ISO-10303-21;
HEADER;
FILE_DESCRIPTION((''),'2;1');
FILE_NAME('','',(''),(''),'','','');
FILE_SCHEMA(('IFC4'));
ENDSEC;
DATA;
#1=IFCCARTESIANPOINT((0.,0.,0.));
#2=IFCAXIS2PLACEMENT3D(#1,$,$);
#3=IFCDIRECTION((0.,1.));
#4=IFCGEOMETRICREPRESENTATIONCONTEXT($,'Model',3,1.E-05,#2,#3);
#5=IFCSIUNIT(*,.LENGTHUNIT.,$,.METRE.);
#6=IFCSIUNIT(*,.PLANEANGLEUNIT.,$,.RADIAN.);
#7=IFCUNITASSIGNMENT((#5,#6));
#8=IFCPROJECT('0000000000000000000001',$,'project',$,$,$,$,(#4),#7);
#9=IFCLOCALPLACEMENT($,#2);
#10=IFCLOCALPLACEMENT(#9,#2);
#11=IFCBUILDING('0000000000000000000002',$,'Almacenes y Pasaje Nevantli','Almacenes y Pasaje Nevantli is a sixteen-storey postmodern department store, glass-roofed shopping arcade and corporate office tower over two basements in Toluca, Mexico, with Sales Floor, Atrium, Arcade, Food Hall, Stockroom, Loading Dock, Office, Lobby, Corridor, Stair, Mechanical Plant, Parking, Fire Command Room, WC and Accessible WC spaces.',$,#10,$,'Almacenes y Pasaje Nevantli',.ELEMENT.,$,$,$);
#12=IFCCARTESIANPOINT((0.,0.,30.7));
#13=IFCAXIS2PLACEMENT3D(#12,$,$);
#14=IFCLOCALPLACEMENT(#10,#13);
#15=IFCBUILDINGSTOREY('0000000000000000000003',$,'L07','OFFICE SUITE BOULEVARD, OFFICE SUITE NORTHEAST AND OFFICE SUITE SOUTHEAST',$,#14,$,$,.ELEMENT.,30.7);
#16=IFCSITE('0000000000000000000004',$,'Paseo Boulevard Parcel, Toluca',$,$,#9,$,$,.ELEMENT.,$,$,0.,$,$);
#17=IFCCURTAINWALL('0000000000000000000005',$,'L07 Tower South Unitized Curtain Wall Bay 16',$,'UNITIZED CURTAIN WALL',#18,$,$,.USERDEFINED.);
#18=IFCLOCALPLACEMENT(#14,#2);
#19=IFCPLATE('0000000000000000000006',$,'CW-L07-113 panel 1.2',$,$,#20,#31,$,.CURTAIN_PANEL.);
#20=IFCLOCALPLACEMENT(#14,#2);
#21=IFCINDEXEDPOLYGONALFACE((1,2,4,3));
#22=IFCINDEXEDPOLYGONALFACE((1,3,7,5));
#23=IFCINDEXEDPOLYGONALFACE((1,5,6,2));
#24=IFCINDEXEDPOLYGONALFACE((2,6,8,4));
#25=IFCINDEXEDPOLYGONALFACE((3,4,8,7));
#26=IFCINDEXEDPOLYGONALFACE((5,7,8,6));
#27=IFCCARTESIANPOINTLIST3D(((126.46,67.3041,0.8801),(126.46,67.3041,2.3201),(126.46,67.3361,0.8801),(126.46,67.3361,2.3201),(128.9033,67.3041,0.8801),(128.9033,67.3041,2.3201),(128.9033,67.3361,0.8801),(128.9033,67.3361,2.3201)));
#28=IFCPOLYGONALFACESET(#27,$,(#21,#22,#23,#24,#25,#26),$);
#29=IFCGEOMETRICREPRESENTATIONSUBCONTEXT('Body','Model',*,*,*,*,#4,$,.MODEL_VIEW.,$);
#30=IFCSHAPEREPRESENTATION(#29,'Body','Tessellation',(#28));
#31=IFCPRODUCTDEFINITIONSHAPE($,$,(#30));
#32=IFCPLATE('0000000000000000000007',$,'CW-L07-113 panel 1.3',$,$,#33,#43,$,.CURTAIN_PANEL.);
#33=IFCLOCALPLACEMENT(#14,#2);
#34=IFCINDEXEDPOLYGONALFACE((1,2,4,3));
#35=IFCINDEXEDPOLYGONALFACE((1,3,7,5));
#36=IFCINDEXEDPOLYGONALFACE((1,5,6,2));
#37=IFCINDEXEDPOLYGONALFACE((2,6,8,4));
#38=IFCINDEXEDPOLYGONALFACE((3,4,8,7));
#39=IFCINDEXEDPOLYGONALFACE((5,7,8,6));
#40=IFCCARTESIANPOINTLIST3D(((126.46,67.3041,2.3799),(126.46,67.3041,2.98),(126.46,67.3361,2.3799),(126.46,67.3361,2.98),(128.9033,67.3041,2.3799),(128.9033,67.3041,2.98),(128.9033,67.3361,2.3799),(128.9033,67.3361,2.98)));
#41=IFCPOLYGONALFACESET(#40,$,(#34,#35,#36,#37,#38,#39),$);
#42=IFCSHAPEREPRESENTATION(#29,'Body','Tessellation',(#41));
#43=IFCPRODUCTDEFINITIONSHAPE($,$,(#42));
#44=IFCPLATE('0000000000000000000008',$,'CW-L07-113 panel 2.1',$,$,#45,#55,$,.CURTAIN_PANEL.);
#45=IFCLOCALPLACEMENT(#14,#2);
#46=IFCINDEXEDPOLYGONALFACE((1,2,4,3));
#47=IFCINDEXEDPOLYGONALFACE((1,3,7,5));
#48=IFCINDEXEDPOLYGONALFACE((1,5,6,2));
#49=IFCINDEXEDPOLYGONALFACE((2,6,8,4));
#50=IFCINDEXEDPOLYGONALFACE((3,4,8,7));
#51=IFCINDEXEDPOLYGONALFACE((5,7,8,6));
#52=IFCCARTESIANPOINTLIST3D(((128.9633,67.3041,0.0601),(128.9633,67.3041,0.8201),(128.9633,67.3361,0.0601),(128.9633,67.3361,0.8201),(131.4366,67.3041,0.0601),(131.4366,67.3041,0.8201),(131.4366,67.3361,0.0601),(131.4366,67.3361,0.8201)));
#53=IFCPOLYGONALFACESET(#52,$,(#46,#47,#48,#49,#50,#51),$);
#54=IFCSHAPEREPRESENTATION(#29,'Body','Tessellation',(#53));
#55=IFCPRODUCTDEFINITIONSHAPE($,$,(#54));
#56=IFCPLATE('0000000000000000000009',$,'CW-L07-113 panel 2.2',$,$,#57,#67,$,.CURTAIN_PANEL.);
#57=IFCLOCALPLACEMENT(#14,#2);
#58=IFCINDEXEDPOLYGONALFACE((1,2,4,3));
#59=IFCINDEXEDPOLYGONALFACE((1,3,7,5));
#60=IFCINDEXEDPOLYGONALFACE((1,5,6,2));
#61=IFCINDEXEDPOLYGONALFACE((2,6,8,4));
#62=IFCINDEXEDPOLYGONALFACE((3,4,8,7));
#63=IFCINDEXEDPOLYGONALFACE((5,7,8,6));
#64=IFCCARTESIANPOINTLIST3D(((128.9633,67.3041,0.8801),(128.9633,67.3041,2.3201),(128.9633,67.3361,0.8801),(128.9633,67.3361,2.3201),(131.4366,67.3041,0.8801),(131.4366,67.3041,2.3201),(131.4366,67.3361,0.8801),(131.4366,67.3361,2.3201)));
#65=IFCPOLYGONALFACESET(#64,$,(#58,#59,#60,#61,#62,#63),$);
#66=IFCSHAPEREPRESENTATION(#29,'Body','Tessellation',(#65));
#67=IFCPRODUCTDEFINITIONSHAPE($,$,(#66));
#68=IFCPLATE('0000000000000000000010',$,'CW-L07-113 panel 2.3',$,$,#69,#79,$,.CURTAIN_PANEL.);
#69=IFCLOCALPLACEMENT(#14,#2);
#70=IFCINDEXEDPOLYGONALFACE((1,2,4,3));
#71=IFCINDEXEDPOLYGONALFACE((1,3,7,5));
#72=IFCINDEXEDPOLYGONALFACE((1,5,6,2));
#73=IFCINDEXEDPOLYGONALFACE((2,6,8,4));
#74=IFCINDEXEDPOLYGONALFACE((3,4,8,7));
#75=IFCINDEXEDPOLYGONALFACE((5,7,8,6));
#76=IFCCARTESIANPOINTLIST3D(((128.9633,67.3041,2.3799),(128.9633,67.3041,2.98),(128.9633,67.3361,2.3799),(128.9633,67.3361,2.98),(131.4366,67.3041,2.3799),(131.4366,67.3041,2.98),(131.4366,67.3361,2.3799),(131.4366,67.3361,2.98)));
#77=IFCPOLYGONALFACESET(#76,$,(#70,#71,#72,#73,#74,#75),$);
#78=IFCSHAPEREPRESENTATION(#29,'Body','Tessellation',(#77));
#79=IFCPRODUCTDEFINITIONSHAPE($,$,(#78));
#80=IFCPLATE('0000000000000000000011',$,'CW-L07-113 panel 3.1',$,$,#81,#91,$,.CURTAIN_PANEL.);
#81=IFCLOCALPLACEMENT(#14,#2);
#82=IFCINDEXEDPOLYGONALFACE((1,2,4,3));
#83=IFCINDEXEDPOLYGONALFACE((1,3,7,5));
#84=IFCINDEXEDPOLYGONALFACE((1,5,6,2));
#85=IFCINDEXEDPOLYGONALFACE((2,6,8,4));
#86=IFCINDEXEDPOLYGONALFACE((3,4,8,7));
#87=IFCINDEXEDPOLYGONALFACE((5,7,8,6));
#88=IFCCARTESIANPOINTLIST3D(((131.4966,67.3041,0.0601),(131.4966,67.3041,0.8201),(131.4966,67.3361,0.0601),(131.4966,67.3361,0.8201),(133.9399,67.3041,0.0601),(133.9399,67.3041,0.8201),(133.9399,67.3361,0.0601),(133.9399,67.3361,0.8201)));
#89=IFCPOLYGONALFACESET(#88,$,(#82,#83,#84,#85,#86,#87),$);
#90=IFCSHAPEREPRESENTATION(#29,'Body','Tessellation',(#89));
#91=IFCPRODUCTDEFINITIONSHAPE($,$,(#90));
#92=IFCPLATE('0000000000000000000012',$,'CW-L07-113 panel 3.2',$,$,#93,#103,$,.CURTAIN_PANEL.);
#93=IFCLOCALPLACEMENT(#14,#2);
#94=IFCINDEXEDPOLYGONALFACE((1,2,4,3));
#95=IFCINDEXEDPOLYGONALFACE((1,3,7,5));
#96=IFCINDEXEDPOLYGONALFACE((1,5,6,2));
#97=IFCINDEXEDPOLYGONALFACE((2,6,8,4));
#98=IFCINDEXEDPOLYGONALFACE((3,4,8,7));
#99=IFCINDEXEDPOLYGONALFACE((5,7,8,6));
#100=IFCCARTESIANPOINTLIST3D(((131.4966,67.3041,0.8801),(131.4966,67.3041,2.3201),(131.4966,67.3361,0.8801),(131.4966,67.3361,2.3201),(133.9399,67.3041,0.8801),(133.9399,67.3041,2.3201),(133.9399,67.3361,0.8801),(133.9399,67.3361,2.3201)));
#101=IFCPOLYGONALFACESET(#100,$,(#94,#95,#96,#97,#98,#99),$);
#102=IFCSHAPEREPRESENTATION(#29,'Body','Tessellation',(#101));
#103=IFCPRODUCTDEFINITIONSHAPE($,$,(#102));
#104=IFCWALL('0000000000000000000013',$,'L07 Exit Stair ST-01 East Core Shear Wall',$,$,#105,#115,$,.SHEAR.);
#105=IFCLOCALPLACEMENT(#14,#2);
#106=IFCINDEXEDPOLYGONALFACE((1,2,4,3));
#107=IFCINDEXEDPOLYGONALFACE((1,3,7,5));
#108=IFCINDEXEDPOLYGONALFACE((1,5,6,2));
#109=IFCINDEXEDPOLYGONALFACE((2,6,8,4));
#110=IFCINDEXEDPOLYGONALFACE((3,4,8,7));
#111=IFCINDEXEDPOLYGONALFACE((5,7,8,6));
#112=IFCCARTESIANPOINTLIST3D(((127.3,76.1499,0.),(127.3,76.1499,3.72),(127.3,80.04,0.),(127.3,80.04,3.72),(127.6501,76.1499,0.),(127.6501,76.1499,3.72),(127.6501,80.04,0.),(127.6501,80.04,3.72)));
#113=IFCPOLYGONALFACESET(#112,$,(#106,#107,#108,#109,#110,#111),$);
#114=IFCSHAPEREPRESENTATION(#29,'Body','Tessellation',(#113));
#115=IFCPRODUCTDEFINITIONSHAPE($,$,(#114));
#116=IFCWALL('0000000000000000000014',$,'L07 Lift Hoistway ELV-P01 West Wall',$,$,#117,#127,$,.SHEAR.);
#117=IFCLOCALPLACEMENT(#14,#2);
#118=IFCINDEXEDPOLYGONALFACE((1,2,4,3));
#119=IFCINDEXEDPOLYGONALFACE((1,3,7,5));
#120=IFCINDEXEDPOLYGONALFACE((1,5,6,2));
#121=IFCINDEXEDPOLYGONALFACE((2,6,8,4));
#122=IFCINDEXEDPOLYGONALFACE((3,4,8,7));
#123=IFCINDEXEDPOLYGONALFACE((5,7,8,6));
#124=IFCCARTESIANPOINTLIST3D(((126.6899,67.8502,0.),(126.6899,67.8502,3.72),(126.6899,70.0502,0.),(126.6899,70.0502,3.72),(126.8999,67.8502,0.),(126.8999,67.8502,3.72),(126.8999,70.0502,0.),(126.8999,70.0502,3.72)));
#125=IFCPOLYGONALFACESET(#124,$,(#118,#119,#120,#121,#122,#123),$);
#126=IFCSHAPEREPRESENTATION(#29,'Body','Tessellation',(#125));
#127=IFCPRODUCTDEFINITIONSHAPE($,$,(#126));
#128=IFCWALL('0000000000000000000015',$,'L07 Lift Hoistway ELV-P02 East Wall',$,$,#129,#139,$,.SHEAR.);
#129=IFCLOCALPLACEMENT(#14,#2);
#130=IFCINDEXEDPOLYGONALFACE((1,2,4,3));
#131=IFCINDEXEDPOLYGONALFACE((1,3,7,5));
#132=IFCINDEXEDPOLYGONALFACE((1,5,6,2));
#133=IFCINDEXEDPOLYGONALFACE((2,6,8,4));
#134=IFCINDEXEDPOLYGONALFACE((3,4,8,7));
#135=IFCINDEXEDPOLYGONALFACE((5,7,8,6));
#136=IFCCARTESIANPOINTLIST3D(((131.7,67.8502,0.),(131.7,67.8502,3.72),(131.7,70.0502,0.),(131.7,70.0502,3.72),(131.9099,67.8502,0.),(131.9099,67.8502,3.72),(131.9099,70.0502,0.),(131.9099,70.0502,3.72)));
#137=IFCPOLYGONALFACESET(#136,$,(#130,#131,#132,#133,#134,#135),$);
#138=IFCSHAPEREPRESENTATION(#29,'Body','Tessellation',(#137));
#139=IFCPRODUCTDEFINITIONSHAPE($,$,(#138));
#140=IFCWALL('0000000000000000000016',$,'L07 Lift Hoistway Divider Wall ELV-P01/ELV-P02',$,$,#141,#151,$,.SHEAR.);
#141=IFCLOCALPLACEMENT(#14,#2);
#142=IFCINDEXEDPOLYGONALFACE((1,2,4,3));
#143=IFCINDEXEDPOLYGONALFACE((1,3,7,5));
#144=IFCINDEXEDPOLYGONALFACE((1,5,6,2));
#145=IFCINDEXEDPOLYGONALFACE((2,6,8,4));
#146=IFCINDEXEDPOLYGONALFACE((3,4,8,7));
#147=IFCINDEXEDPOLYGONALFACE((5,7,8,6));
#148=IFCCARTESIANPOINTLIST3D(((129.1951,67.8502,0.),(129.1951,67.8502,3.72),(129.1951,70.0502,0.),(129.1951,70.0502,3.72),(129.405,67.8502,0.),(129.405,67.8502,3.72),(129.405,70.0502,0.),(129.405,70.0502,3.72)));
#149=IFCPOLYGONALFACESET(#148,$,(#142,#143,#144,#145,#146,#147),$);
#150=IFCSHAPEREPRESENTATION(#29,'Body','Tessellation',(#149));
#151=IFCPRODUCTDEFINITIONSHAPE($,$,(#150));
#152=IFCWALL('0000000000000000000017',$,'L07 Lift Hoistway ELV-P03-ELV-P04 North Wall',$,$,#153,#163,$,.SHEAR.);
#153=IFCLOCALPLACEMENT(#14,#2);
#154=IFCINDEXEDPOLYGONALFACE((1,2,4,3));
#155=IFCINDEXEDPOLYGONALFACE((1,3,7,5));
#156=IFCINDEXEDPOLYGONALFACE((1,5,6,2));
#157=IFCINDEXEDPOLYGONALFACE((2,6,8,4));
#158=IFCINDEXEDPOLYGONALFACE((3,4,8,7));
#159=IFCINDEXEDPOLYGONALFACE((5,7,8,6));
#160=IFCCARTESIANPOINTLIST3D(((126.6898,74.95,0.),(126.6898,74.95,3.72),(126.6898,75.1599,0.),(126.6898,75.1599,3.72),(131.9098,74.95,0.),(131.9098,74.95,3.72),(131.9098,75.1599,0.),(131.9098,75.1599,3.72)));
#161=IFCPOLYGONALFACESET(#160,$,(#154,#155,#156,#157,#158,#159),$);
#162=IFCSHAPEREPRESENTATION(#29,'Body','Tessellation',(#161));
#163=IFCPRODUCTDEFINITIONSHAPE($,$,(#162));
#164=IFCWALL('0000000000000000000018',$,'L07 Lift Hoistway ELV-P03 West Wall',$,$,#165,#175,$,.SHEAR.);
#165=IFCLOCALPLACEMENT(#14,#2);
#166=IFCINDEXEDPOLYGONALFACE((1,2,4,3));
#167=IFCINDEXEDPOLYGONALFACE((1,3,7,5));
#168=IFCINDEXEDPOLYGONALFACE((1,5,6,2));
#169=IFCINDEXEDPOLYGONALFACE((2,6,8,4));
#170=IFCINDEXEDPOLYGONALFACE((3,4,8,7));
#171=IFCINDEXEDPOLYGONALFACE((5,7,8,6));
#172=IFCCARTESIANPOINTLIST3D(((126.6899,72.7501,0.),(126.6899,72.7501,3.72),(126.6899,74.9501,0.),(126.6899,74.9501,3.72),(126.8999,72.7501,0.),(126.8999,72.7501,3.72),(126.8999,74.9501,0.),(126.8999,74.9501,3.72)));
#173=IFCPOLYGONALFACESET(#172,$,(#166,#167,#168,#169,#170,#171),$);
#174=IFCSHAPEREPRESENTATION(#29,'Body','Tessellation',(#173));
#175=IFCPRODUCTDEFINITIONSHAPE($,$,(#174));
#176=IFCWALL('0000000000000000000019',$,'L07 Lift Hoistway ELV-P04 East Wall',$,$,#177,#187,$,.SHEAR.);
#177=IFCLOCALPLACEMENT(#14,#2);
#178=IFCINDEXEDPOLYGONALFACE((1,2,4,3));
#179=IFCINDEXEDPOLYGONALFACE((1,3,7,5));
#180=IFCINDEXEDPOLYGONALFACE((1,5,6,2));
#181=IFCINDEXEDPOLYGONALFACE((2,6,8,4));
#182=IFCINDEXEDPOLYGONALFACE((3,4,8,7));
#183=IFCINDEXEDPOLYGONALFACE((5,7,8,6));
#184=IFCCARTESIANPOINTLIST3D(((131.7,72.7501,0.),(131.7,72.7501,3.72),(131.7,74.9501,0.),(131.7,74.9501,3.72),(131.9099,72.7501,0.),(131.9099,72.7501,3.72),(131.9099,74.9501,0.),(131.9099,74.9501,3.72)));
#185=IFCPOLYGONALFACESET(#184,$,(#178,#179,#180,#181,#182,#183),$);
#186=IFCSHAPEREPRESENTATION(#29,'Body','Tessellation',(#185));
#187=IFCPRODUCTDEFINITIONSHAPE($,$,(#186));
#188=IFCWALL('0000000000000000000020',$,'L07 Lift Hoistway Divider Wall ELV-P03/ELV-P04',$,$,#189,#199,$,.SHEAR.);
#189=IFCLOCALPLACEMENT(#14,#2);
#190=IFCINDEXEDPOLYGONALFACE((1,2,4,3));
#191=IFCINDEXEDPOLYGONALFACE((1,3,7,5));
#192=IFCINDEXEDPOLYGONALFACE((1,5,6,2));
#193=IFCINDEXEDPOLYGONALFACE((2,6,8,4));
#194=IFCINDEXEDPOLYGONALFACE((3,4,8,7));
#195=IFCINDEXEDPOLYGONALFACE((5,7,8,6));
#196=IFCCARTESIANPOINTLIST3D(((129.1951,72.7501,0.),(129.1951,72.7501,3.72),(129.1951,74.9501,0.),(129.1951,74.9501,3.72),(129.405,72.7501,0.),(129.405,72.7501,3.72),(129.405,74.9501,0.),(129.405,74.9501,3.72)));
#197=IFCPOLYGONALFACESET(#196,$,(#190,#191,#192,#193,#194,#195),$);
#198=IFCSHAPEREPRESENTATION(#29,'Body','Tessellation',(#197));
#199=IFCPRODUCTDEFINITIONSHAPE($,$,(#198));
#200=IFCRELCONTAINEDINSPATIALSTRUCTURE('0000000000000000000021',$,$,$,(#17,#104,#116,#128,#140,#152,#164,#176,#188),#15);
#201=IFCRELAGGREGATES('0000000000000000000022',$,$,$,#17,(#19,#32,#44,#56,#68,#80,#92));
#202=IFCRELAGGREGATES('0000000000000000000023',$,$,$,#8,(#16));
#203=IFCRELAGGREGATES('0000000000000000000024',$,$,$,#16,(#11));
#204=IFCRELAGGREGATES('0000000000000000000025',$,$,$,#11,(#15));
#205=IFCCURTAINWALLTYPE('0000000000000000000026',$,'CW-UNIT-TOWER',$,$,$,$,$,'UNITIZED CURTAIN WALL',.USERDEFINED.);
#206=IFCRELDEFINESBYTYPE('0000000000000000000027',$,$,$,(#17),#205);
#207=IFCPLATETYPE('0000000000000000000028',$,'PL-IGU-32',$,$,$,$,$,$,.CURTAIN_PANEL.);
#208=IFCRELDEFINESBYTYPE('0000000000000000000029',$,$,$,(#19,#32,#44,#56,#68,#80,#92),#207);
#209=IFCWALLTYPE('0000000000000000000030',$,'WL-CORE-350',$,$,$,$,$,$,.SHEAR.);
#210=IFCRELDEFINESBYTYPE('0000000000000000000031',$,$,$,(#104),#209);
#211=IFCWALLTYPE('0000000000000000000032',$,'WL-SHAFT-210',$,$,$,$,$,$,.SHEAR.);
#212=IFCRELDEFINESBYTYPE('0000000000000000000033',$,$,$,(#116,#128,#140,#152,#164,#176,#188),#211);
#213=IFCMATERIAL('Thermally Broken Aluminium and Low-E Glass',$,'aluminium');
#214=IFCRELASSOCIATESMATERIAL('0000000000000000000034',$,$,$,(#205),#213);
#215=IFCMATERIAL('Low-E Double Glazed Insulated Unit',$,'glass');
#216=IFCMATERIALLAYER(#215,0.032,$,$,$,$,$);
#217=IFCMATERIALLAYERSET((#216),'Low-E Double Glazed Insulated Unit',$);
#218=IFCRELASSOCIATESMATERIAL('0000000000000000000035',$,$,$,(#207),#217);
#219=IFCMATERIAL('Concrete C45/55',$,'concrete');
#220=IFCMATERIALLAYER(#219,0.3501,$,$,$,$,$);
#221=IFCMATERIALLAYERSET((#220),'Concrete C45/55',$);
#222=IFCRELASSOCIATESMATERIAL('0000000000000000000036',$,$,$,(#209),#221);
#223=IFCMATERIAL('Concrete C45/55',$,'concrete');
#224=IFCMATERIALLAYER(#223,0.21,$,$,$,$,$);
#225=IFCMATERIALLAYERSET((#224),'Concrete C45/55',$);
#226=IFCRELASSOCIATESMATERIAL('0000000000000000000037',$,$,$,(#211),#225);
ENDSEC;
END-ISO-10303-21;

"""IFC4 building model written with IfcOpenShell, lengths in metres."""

from ifc_helpers import new_model, si_unit, direction, frame, frame_2d, origin, origin_2d, place, context, subcontext, project, spatial, rectangle, extrude, material, layer, layer_set, type_object, element, aggregate, save


model = new_model("IFC4")

# Units and contexts
model_context = context("Model", 3, precision=1e-05, world=origin(), true_north=direction((0.0, 1.0)))
body_context = subcontext(model_context, "Body", "Model", "MODEL_VIEW")
ifc_project = project(units=[si_unit("LENGTHUNIT", "METRE"), si_unit("PLANEANGLEUNIT", "RADIAN")], contexts=[model_context])

# Site, building, storey
site_placement = place(None, origin())
site = spatial("IfcSite", under=ifc_project, at=site_placement, Name="Paseo Boulevard Parcel, Toluca", CompositionType="ELEMENT", RefElevation=0.0)
building_placement = place(site_placement, origin())
building = spatial("IfcBuilding", under=site, at=building_placement, Name="Almacenes y Pasaje Nevantli", Description="Almacenes y Pasaje Nevantli is a sixteen-storey postmodern department store, glass-roofed shopping arcade and corporate office tower over two basements in Toluca, Mexico, with Sales Floor, Atrium, Arcade, Food Hall, Stockroom, Loading Dock, Office, Lobby, Corridor, Stair, Mechanical Plant, Parking, Fire Command Room, WC and Accessible WC spaces.", LongName="Almacenes y Pasaje Nevantli", CompositionType="ELEMENT")
storey_placement = place(building_placement, frame((0.0, 0.0, 30.7)))
storey = spatial("IfcBuildingStorey", under=building, at=storey_placement, Name="L07", Description="OFFICE SUITE BOULEVARD, OFFICE SUITE NORTHEAST AND OFFICE SUITE SOUTHEAST", CompositionType="ELEMENT", Elevation=30.7)

# Curtain wall, plates
ifc_material_1 = material(Name="Thermally Broken Aluminium and Low-E Glass", Category="aluminium")
curtain_wall_type = type_object("IfcCurtainWallType", Name="CW-UNIT-TOWER", ElementType="UNITIZED CURTAIN WALL", PredefinedType="USERDEFINED", material=ifc_material_1)
curtain_wall_placement = place(storey_placement, origin())
curtain_wall = element("IfcCurtainWall", 1, at=curtain_wall_placement, inside=storey, type_object=curtain_wall_type, Name="L07 Tower South Unitized Curtain Wall Bay 16", ObjectType="UNITIZED CURTAIN WALL", PredefinedType="USERDEFINED")
ifc_material_2 = material(Name="Low-E Double Glazed Insulated Unit", Category="glass")
ifc_layer_1 = layer(ifc_material_2, 0.032)
ifc_layer_set_1 = layer_set([ifc_layer_1], Name="Low-E Double Glazed Insulated Unit")
plate_type = type_object("IfcPlateType", Name="PL-IGU-32", PredefinedType="CURTAIN_PANEL", material=ifc_layer_set_1)
plate_1_placement = place(storey_placement, frame((127.6816, 67.3201, 0.8801), z_axis=(0.0, 0.0, 1.0), x_axis=(1.0, 0.0, 0.0)))
plate_1 = element("IfcPlate", 2, at=plate_1_placement, type_object=plate_type, Name="CW-L07-113 panel 1.2", PredefinedType="CURTAIN_PANEL", context=body_context, shape_type="SweptSolid", body=[
    extrude(rectangle(XDim=2.4434, YDim=0.032, at=origin_2d()), origin(), (0.0, 0.0, 1.0), 1.4399),
])
plate_2_placement = place(storey_placement, frame((127.6816, 67.3201, 2.3799), z_axis=(0.0, 0.0, 1.0), x_axis=(1.0, 0.0, 0.0)))
plate_2 = element("IfcPlate", 3, at=plate_2_placement, type_object=plate_type, Name="CW-L07-113 panel 1.3", PredefinedType="CURTAIN_PANEL", context=body_context, shape_type="SweptSolid", body=[
    extrude(rectangle(XDim=2.4434, YDim=0.032, at=origin_2d()), origin(), (0.0, 0.0, 1.0), 0.6001),
])
plate_3_placement = place(storey_placement, frame((130.2, 67.3201, 0.0601), z_axis=(0.0, 0.0, 1.0), x_axis=(1.0, 0.0, 0.0)))
plate_3 = element("IfcPlate", 4, at=plate_3_placement, type_object=plate_type, Name="CW-L07-113 panel 2.1", PredefinedType="CURTAIN_PANEL", context=body_context, shape_type="SweptSolid", body=[
    extrude(rectangle(XDim=2.4734, YDim=0.032, at=origin_2d()), origin(), (0.0, 0.0, 1.0), 0.76),
])
plate_4_placement = place(storey_placement, frame((130.2, 67.3201, 0.8801), z_axis=(0.0, 0.0, 1.0), x_axis=(1.0, 0.0, 0.0)))
plate_4 = element("IfcPlate", 5, at=plate_4_placement, type_object=plate_type, Name="CW-L07-113 panel 2.2", PredefinedType="CURTAIN_PANEL", context=body_context, shape_type="SweptSolid", body=[
    extrude(rectangle(XDim=2.4734, YDim=0.032, at=origin_2d()), origin(), (0.0, 0.0, 1.0), 1.4399),
])
plate_5_placement = place(storey_placement, frame((130.2, 67.3201, 2.3799), z_axis=(0.0, 0.0, 1.0), x_axis=(1.0, 0.0, 0.0)))
plate_5 = element("IfcPlate", 6, at=plate_5_placement, type_object=plate_type, Name="CW-L07-113 panel 2.3", PredefinedType="CURTAIN_PANEL", context=body_context, shape_type="SweptSolid", body=[
    extrude(rectangle(XDim=2.4734, YDim=0.032, at=origin_2d()), origin(), (0.0, 0.0, 1.0), 0.6001),
])
plate_6_placement = place(storey_placement, frame((132.7183, 67.3201, 0.0601), z_axis=(0.0, 0.0, 1.0), x_axis=(1.0, 0.0, 0.0)))
plate_6 = element("IfcPlate", 7, at=plate_6_placement, type_object=plate_type, Name="CW-L07-113 panel 3.1", PredefinedType="CURTAIN_PANEL", context=body_context, shape_type="SweptSolid", body=[
    extrude(rectangle(XDim=2.4434, YDim=0.032, at=origin_2d()), origin(), (0.0, 0.0, 1.0), 0.76),
])
plate_7_placement = place(storey_placement, frame((132.7183, 67.3201, 0.8801), z_axis=(0.0, 0.0, 1.0), x_axis=(1.0, 0.0, 0.0)))
plate_7 = element("IfcPlate", 8, at=plate_7_placement, type_object=plate_type, Name="CW-L07-113 panel 3.2", PredefinedType="CURTAIN_PANEL", context=body_context, shape_type="SweptSolid", body=[
    extrude(rectangle(XDim=2.4434, YDim=0.032, at=origin_2d()), origin(), (0.0, 0.0, 1.0), 1.4399),
])
aggregate(curtain_wall, [plate_1, plate_2, plate_3, plate_4, plate_5, plate_6, plate_7])

# Wall
ifc_material_3 = material(Name="Concrete C45/55", Category="concrete")
ifc_layer_2 = layer(ifc_material_3, 0.3501)
ifc_layer_set_2 = layer_set([ifc_layer_2], Name="Concrete C45/55")
wall_type_1 = type_object("IfcWallType", Name="WL-CORE-350", PredefinedType="SHEAR", material=ifc_layer_set_2)
wall_1_placement = place(storey_placement, frame((127.4751, 76.1499, 0.0), z_axis=(0.0, 0.0, 1.0), x_axis=(0.0, 1.0, 0.0)))
element("IfcWall", 9, at=wall_1_placement, inside=storey, type_object=wall_type_1, Name="L07 Exit Stair ST-01 East Core Shear Wall", PredefinedType="SHEAR", context=body_context, shape_type="SweptSolid", body=[
    extrude(rectangle(XDim=3.8901, YDim=0.3501, at=frame_2d((1.9451, 0.0))), origin(), (0.0, 0.0, 1.0), 3.72),
])

# Shared definitions
ifc_material_4 = material(Name="Concrete C45/55", Category="concrete")
ifc_layer_3 = layer(ifc_material_4, 0.21)
ifc_layer_set_3 = layer_set([ifc_layer_3], Name="Concrete C45/55")
wall_type_2 = type_object("IfcWallType", Name="WL-SHAFT-210", PredefinedType="SHEAR", material=ifc_layer_set_3)

# Walls
for number, where, z_axis, x_axis, name in (
    (10, (126.7949, 67.8501, 0.0), (0.0, 0.0, 1.0), (0.0, 1.0, 0.0), "L07 Lift Hoistway ELV-P01 West Wall"),
    (11, (131.8049, 67.8501, 0.0), (0.0, 0.0, 1.0), (0.0, 1.0, 0.0), "L07 Lift Hoistway ELV-P02 East Wall"),
    (12, (129.3, 67.8501, 0.0), (0.0, 0.0, 1.0), (0.0, 1.0, 0.0), "L07 Lift Hoistway Divider Wall ELV-P01/ELV-P02"),
):
    element("IfcWall", number, at=place(storey_placement, frame(where, z_axis=z_axis, x_axis=x_axis)), inside=storey, type_object=wall_type_2, Name=name, PredefinedType="SHEAR", context=body_context, shape_type="SweptSolid", body=[
        extrude(rectangle(XDim=2.2, YDim=0.21, at=frame_2d((1.1001, 0.0))), origin(), (0.0, 0.0, 1.0), 3.72),
    ])

# Walls
wall_2_placement = place(storey_placement, frame((126.6899, 75.0549, 0.0), z_axis=(0.0, 0.0, 1.0), x_axis=(1.0, 0.0, 0.0)))
element("IfcWall", 13, at=wall_2_placement, inside=storey, type_object=wall_type_2, Name="L07 Lift Hoistway ELV-P03-ELV-P04 North Wall", PredefinedType="SHEAR", context=body_context, shape_type="SweptSolid", body=[
    extrude(rectangle(XDim=5.22, YDim=0.21, at=frame_2d((2.6099, 0.0))), origin(), (0.0, 0.0, 1.0), 3.72),
])
for number, where, z_axis, x_axis, name in (
    (14, (126.7949, 72.75, 0.0), (0.0, 0.0, 1.0), (0.0, 1.0, 0.0), "L07 Lift Hoistway ELV-P03 West Wall"),
    (15, (131.8049, 72.75, 0.0), (0.0, 0.0, 1.0), (0.0, 1.0, 0.0), "L07 Lift Hoistway ELV-P04 East Wall"),
    (16, (129.3, 72.75, 0.0), (0.0, 0.0, 1.0), (0.0, 1.0, 0.0), "L07 Lift Hoistway Divider Wall ELV-P03/ELV-P04"),
):
    element("IfcWall", number, at=place(storey_placement, frame(where, z_axis=z_axis, x_axis=x_axis)), inside=storey, type_object=wall_type_2, Name=name, PredefinedType="SHEAR", context=body_context, shape_type="SweptSolid", body=[
        extrude(rectangle(XDim=2.2, YDim=0.21, at=frame_2d((1.1001, 0.0))), origin(), (0.0, 0.0, 1.0), 3.72),
    ])

save(model, "model.ifc")
